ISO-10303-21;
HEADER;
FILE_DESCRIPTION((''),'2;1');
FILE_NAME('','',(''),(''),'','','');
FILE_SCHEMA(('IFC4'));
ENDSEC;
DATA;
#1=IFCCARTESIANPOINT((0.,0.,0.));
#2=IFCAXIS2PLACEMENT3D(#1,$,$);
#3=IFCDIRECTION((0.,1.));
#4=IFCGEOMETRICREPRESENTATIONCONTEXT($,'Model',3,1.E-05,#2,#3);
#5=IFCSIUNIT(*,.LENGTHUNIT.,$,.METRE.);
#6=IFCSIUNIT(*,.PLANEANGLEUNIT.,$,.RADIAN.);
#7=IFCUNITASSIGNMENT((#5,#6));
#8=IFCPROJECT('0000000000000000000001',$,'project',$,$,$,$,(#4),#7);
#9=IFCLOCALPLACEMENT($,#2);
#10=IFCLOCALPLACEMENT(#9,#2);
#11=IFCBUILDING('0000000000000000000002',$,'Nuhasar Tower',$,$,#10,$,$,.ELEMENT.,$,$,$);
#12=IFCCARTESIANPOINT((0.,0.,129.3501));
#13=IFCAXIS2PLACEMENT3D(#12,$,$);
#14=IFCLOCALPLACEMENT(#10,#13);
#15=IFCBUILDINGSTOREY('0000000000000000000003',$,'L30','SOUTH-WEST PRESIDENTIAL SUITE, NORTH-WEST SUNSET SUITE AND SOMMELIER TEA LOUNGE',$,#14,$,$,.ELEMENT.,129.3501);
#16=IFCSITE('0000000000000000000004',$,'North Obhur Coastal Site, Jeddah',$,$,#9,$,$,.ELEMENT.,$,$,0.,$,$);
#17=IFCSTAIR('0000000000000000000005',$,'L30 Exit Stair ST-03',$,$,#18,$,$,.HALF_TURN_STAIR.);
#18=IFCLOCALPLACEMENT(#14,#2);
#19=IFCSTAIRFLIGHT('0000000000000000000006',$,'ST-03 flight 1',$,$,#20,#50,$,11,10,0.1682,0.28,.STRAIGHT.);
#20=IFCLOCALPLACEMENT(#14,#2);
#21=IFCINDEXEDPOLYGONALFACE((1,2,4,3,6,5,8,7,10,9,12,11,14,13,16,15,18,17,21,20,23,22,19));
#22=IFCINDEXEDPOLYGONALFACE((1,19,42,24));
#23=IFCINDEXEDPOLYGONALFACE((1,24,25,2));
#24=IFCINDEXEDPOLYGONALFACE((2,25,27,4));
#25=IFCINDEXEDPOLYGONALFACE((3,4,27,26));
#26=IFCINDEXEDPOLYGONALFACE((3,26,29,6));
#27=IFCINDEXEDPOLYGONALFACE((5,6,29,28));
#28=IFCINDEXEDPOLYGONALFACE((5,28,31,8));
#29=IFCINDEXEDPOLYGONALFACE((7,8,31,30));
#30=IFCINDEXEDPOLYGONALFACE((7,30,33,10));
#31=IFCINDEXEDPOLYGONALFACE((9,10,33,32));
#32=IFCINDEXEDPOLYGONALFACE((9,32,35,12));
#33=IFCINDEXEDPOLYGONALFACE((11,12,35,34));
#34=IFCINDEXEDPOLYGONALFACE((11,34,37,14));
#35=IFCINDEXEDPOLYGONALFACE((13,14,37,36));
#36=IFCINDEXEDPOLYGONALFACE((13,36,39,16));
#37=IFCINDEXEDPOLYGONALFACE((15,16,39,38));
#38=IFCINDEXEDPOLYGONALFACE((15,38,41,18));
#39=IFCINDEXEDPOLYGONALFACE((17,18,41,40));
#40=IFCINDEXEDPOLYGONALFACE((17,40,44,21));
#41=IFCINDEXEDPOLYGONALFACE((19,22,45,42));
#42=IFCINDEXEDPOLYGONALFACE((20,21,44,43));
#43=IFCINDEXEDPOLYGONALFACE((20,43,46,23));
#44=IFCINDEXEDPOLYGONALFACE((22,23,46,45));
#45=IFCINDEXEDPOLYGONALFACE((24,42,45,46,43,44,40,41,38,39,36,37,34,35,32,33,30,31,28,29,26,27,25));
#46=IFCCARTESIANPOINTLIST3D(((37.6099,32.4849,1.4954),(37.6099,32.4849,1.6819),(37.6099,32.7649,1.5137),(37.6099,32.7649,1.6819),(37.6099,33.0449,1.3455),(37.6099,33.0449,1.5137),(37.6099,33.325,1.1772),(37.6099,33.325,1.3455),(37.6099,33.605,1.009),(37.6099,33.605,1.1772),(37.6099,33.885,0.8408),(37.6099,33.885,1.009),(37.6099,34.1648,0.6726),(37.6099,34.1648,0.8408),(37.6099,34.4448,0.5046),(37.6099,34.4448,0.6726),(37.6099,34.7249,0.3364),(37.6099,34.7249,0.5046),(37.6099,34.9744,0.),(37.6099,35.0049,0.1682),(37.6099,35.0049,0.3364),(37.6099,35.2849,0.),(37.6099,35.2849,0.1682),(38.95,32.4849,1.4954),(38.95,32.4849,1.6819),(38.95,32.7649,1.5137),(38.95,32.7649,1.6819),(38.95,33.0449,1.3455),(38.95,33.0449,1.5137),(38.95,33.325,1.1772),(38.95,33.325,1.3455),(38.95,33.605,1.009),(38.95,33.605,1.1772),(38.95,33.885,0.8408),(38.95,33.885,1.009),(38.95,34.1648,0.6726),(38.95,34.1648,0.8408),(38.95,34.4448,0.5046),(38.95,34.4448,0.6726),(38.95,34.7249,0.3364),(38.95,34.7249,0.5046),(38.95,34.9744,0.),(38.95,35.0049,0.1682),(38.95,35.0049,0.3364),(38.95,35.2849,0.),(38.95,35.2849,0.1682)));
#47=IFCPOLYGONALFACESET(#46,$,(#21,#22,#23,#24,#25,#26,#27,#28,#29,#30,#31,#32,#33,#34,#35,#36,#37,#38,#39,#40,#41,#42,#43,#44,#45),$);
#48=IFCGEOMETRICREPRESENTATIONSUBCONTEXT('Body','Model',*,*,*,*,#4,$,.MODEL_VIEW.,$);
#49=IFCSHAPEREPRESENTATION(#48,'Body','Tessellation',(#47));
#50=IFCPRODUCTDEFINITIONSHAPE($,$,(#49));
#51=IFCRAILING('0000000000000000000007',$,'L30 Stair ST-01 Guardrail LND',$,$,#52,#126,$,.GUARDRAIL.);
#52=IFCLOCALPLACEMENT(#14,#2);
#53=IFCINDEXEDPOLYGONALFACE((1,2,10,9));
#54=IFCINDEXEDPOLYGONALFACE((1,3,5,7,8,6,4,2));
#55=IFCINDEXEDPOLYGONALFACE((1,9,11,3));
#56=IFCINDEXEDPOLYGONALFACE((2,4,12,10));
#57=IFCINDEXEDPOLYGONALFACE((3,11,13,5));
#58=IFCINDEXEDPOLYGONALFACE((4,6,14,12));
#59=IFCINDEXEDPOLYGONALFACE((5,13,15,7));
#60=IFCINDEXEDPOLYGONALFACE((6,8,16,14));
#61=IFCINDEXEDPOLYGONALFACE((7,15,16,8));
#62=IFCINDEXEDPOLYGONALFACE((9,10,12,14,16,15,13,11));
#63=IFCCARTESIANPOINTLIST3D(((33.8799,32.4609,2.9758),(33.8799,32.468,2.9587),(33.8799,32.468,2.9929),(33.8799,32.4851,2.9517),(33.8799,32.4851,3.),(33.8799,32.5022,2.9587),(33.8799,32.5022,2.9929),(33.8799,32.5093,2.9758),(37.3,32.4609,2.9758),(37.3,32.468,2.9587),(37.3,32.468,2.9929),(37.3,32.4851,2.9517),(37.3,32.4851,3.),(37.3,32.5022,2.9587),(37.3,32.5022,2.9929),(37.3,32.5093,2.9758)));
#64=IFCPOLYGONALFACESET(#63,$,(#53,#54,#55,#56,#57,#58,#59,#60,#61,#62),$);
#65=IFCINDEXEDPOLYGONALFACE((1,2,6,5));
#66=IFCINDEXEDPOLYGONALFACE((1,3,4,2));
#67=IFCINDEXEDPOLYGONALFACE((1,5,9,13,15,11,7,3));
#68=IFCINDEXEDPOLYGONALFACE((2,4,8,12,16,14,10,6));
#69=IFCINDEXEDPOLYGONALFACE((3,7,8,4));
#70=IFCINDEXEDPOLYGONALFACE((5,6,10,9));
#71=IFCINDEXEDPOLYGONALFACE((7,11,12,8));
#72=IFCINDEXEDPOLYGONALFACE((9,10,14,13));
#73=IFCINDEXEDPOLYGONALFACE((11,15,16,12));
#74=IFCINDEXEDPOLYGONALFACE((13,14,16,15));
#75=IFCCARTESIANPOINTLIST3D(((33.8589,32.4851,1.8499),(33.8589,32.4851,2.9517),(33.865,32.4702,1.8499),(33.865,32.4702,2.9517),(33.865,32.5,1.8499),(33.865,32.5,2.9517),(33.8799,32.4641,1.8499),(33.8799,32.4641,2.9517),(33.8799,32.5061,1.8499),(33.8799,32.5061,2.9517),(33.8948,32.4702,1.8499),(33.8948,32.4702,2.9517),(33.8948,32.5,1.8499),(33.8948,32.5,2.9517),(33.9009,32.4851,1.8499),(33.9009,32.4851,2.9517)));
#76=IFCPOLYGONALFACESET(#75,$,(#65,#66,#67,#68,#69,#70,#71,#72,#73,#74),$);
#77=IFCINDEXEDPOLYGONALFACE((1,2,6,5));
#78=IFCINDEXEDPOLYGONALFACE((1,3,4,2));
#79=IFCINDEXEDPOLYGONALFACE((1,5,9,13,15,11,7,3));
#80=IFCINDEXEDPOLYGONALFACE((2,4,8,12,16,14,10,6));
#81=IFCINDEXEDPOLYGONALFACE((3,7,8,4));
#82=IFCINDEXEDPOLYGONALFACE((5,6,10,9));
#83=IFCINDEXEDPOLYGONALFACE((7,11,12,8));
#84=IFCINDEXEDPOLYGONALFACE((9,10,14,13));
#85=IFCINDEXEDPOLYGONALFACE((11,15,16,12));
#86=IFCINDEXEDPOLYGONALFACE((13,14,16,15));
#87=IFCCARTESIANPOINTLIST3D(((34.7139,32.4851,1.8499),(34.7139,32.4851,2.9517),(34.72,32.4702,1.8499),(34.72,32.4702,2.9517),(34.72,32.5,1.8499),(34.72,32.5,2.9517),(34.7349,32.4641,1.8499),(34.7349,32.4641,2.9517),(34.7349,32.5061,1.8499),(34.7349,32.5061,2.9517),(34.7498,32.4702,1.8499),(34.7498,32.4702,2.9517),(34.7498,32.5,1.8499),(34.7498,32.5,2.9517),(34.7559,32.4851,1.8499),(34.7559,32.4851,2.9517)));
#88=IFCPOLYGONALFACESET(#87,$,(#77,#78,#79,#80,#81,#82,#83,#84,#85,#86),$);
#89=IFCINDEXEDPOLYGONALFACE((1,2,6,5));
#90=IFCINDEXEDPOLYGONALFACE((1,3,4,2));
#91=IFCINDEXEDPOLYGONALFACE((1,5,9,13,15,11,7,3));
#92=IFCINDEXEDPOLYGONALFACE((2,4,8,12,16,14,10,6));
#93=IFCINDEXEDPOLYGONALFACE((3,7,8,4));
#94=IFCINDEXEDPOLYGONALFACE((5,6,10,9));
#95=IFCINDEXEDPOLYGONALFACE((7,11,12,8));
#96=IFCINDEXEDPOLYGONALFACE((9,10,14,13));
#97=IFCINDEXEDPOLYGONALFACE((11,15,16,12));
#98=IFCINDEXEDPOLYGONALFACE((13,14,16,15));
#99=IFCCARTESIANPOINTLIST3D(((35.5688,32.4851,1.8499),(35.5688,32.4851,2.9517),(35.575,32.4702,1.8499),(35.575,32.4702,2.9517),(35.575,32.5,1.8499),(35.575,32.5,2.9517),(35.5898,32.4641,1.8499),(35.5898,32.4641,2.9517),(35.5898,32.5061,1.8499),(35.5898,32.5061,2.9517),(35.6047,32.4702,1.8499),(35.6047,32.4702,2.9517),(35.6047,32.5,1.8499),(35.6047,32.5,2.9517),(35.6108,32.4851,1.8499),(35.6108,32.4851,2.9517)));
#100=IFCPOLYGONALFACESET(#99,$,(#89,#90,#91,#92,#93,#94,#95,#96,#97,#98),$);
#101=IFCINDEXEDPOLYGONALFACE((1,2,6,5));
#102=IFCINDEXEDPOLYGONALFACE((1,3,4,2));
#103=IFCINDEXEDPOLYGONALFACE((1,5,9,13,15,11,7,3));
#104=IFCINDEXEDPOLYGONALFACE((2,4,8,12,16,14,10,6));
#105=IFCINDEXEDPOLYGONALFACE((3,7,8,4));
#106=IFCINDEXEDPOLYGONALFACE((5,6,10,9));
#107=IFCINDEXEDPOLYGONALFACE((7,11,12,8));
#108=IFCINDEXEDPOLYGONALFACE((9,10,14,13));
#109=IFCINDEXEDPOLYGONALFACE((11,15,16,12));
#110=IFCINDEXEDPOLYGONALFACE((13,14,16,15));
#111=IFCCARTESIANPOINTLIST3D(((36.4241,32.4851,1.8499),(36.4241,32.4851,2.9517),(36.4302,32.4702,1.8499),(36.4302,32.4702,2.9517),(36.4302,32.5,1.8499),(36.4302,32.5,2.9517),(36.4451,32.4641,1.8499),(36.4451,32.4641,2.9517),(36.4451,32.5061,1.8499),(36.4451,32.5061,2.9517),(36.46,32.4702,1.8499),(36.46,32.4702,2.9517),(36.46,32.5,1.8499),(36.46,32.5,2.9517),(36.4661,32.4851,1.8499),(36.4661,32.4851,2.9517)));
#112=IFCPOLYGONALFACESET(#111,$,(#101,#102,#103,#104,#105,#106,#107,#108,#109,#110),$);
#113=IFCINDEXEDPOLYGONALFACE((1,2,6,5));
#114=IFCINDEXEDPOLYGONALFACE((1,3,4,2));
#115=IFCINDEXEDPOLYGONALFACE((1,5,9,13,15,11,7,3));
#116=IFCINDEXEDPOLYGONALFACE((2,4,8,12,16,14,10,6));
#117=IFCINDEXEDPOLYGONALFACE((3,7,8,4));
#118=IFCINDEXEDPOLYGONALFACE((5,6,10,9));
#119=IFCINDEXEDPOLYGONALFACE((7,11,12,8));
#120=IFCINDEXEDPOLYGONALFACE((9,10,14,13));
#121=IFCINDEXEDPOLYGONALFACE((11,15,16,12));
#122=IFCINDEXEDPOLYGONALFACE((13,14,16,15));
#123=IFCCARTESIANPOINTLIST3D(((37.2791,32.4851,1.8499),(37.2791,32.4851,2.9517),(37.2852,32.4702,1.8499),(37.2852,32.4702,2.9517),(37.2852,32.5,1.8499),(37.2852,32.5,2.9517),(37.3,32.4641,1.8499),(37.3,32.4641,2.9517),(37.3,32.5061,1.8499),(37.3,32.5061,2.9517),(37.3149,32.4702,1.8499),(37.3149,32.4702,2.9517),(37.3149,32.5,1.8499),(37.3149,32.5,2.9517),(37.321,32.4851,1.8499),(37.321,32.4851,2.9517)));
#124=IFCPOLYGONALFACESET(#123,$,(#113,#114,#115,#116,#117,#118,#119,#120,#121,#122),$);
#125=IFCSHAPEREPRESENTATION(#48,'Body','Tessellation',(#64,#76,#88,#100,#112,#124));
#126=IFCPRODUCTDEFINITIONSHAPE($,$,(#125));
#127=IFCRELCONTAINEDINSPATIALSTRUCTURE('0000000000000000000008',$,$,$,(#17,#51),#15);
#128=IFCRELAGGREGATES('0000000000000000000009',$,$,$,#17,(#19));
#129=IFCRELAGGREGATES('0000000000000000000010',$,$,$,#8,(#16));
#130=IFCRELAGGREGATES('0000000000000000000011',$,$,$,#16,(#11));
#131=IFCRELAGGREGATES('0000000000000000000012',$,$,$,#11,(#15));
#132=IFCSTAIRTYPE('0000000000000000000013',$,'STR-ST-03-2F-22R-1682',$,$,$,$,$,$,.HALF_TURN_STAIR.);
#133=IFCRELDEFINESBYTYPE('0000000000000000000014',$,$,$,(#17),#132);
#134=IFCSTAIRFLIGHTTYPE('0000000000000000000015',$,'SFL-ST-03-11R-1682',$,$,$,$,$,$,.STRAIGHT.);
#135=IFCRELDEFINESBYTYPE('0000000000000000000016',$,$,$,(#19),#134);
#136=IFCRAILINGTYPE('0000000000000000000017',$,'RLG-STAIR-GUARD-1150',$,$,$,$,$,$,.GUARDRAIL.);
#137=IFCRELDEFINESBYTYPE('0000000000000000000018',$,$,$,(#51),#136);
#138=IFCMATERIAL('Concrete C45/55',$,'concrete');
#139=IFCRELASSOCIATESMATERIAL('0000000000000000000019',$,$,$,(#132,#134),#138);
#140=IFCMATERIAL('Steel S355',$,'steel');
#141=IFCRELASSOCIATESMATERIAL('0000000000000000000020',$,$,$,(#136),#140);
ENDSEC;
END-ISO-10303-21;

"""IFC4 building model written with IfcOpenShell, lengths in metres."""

from ifc_helpers import new_model, si_unit, direction, frame, origin, place, context, subcontext, project, spatial, polyline, outline, extrude, material, type_object, element, aggregate, save


model = new_model("IFC4")

# Units and contexts
model_context = context("Model", 3, precision=1e-05, world=origin(), true_north=direction((0.0, 1.0)))
body_context = subcontext(model_context, "Body", "Model", "MODEL_VIEW")
ifc_project = project(units=[si_unit("LENGTHUNIT", "METRE"), si_unit("PLANEANGLEUNIT", "RADIAN")], contexts=[model_context])

# Site, building, storey
site_placement = place(None, origin())
site = spatial("IfcSite", under=ifc_project, at=site_placement, Name="North Obhur Coastal Site, Jeddah", CompositionType="ELEMENT", RefElevation=0.0)
building_placement = place(site_placement, origin())
building = spatial("IfcBuilding", under=site, at=building_placement, Name="Nuhasar Tower", CompositionType="ELEMENT")
storey_placement = place(building_placement, frame((0.0, 0.0, 129.3501)))
storey = spatial("IfcBuildingStorey", under=building, at=storey_placement, Name="L30", Description="SOUTH-WEST PRESIDENTIAL SUITE, NORTH-WEST SUNSET SUITE AND SOMMELIER TEA LOUNGE", CompositionType="ELEMENT", Elevation=129.3501)

# Shared definitions
ifc_material_1 = material(Name="Steel S355", Category="steel")

# Shared definitions
ifc_material_2 = material(Name="Concrete C45/55", Category="concrete")

# Stair, stair flight
stair_type_1 = type_object("IfcStairType", Name="STR-ST-03-2F-22R-1682", PredefinedType="HALF_TURN_STAIR", material=ifc_material_2)
stair_1_placement = place(storey_placement, origin())
stair_1 = element("IfcStair", 1, at=stair_1_placement, inside=storey, type_object=stair_type_1, Name="L30 Exit Stair ST-03", PredefinedType="HALF_TURN_STAIR")
stair_flight_type_1 = type_object("IfcStairFlightType", Name="SFL-ST-03-11R-1682", PredefinedType="STRAIGHT", material=ifc_material_2)
stair_flight_1_placement = place(storey_placement, frame((38.28, 35.2849, 0.0), z_axis=(0.0, 0.0, 1.0), x_axis=(0.0, -1.0, 0.0)))
stair_flight_1 = element("IfcStairFlight", 2, at=stair_flight_1_placement, type_object=stair_flight_type_1, Name="ST-03 flight 1", NumberOfRisers=11, NumberOfTreads=10, PredefinedType="STRAIGHT", RiserHeight=0.1682, TreadLength=0.28, context=body_context, shape_type="SweptSolid", body=[
    extrude(outline(polyline([(0.0, 0.0), (0.0, 0.1682), (0.28, 0.1682), (0.28, 0.3364), (0.5601, 0.3364), (0.5601, 0.5046), (0.8401, 0.5046), (0.8401, 0.6726), (1.1201, 0.6726), (1.1201, 0.8408), (1.3999, 0.8408), (1.3999, 1.009), (1.6799, 1.009), (1.6799, 1.1772), (1.96, 1.1772), (1.96, 1.3455), (2.24, 1.3455), (2.24, 1.5137), (2.52, 1.5137), (2.52, 1.6819), (2.8, 1.6819), (2.8, 1.8501), (2.8, 1.4954), (0.3105, 0.0), (0.0, 0.0)])), frame((0.0, 0.6699, 0.0), z_axis=(0.0, -1.0, 0.0), x_axis=(1.0, 0.0, 0.0)), (0.0, 0.0, 1.0), 1.3401),
])
aggregate(stair_1, [stair_flight_1])

# Railing
railing_type_1 = type_object("IfcRailingType", Name="RLG-STAIR-GUARD-1150", PredefinedType="GUARDRAIL", material=ifc_material_1)
railing_1_placement = place(storey_placement, frame((33.8799, 32.4851, 1.8499)))
element("IfcRailing", 3, at=railing_1_placement, inside=storey, type_object=railing_type_1, Name="L30 Stair ST-01 Guardrail LND", PredefinedType="GUARDRAIL", context=body_context, shape_type="SweptSolid", body=[
    extrude(outline(polyline([(0.0242, 0.0), (0.0171, 0.0171), (0.0, 0.0242), (-0.0171, 0.0171), (-0.0242, 0.0), (-0.0171, -0.0171), (0.0, -0.0242), (0.0171, -0.0171), (0.0242, 0.0)])), frame((0.0, 0.0, 1.126), z_axis=(1.0, 0.0, 0.0), x_axis=(0.0, 1.0, 0.0)), (0.0, 0.0, 1.0), 3.4202),
    extrude(outline(polyline([(0.021, 0.0), (0.0149, 0.0149), (0.0, 0.021), (-0.0149, 0.0149), (-0.021, 0.0), (-0.0149, -0.0149), (0.0, -0.021), (0.0149, -0.0149), (0.021, 0.0)])), origin(), (0.0, 0.0, 1.0), 1.1018),
    extrude(outline(polyline([(0.021, 0.0), (0.0149, 0.0149), (0.0, 0.021), (-0.0149, 0.0149), (-0.021, 0.0), (-0.0149, -0.0149), (0.0, -0.021), (0.0149, -0.0149), (0.021, 0.0)])), frame((0.855, 0.0, 0.0)), (0.0, 0.0, 1.0), 1.1018),
    extrude(outline(polyline([(0.021, 0.0), (0.0149, 0.0149), (0.0, 0.021), (-0.0149, 0.0149), (-0.021, 0.0), (-0.0149, -0.0149), (0.0, -0.021), (0.0149, -0.0149), (0.021, 0.0)])), frame((1.71, 0.0, 0.0)), (0.0, 0.0, 1.0), 1.1018),
    extrude(outline(polyline([(0.021, 0.0), (0.0149, 0.0149), (0.0, 0.021), (-0.0149, 0.0149), (-0.021, 0.0), (-0.0149, -0.0149), (0.0, -0.021), (0.0149, -0.0149), (0.021, 0.0)])), frame((2.5652, 0.0, 0.0)), (0.0, 0.0, 1.0), 1.1018),
    extrude(outline(polyline([(0.021, 0.0), (0.0149, 0.0149), (0.0, 0.021), (-0.0149, 0.0149), (-0.021, 0.0), (-0.0149, -0.0149), (0.0, -0.021), (0.0149, -0.0149), (0.021, 0.0)])), frame((3.4202, 0.0, 0.0)), (0.0, 0.0, 1.0), 1.1018),
])

save(model, "model.ifc")
